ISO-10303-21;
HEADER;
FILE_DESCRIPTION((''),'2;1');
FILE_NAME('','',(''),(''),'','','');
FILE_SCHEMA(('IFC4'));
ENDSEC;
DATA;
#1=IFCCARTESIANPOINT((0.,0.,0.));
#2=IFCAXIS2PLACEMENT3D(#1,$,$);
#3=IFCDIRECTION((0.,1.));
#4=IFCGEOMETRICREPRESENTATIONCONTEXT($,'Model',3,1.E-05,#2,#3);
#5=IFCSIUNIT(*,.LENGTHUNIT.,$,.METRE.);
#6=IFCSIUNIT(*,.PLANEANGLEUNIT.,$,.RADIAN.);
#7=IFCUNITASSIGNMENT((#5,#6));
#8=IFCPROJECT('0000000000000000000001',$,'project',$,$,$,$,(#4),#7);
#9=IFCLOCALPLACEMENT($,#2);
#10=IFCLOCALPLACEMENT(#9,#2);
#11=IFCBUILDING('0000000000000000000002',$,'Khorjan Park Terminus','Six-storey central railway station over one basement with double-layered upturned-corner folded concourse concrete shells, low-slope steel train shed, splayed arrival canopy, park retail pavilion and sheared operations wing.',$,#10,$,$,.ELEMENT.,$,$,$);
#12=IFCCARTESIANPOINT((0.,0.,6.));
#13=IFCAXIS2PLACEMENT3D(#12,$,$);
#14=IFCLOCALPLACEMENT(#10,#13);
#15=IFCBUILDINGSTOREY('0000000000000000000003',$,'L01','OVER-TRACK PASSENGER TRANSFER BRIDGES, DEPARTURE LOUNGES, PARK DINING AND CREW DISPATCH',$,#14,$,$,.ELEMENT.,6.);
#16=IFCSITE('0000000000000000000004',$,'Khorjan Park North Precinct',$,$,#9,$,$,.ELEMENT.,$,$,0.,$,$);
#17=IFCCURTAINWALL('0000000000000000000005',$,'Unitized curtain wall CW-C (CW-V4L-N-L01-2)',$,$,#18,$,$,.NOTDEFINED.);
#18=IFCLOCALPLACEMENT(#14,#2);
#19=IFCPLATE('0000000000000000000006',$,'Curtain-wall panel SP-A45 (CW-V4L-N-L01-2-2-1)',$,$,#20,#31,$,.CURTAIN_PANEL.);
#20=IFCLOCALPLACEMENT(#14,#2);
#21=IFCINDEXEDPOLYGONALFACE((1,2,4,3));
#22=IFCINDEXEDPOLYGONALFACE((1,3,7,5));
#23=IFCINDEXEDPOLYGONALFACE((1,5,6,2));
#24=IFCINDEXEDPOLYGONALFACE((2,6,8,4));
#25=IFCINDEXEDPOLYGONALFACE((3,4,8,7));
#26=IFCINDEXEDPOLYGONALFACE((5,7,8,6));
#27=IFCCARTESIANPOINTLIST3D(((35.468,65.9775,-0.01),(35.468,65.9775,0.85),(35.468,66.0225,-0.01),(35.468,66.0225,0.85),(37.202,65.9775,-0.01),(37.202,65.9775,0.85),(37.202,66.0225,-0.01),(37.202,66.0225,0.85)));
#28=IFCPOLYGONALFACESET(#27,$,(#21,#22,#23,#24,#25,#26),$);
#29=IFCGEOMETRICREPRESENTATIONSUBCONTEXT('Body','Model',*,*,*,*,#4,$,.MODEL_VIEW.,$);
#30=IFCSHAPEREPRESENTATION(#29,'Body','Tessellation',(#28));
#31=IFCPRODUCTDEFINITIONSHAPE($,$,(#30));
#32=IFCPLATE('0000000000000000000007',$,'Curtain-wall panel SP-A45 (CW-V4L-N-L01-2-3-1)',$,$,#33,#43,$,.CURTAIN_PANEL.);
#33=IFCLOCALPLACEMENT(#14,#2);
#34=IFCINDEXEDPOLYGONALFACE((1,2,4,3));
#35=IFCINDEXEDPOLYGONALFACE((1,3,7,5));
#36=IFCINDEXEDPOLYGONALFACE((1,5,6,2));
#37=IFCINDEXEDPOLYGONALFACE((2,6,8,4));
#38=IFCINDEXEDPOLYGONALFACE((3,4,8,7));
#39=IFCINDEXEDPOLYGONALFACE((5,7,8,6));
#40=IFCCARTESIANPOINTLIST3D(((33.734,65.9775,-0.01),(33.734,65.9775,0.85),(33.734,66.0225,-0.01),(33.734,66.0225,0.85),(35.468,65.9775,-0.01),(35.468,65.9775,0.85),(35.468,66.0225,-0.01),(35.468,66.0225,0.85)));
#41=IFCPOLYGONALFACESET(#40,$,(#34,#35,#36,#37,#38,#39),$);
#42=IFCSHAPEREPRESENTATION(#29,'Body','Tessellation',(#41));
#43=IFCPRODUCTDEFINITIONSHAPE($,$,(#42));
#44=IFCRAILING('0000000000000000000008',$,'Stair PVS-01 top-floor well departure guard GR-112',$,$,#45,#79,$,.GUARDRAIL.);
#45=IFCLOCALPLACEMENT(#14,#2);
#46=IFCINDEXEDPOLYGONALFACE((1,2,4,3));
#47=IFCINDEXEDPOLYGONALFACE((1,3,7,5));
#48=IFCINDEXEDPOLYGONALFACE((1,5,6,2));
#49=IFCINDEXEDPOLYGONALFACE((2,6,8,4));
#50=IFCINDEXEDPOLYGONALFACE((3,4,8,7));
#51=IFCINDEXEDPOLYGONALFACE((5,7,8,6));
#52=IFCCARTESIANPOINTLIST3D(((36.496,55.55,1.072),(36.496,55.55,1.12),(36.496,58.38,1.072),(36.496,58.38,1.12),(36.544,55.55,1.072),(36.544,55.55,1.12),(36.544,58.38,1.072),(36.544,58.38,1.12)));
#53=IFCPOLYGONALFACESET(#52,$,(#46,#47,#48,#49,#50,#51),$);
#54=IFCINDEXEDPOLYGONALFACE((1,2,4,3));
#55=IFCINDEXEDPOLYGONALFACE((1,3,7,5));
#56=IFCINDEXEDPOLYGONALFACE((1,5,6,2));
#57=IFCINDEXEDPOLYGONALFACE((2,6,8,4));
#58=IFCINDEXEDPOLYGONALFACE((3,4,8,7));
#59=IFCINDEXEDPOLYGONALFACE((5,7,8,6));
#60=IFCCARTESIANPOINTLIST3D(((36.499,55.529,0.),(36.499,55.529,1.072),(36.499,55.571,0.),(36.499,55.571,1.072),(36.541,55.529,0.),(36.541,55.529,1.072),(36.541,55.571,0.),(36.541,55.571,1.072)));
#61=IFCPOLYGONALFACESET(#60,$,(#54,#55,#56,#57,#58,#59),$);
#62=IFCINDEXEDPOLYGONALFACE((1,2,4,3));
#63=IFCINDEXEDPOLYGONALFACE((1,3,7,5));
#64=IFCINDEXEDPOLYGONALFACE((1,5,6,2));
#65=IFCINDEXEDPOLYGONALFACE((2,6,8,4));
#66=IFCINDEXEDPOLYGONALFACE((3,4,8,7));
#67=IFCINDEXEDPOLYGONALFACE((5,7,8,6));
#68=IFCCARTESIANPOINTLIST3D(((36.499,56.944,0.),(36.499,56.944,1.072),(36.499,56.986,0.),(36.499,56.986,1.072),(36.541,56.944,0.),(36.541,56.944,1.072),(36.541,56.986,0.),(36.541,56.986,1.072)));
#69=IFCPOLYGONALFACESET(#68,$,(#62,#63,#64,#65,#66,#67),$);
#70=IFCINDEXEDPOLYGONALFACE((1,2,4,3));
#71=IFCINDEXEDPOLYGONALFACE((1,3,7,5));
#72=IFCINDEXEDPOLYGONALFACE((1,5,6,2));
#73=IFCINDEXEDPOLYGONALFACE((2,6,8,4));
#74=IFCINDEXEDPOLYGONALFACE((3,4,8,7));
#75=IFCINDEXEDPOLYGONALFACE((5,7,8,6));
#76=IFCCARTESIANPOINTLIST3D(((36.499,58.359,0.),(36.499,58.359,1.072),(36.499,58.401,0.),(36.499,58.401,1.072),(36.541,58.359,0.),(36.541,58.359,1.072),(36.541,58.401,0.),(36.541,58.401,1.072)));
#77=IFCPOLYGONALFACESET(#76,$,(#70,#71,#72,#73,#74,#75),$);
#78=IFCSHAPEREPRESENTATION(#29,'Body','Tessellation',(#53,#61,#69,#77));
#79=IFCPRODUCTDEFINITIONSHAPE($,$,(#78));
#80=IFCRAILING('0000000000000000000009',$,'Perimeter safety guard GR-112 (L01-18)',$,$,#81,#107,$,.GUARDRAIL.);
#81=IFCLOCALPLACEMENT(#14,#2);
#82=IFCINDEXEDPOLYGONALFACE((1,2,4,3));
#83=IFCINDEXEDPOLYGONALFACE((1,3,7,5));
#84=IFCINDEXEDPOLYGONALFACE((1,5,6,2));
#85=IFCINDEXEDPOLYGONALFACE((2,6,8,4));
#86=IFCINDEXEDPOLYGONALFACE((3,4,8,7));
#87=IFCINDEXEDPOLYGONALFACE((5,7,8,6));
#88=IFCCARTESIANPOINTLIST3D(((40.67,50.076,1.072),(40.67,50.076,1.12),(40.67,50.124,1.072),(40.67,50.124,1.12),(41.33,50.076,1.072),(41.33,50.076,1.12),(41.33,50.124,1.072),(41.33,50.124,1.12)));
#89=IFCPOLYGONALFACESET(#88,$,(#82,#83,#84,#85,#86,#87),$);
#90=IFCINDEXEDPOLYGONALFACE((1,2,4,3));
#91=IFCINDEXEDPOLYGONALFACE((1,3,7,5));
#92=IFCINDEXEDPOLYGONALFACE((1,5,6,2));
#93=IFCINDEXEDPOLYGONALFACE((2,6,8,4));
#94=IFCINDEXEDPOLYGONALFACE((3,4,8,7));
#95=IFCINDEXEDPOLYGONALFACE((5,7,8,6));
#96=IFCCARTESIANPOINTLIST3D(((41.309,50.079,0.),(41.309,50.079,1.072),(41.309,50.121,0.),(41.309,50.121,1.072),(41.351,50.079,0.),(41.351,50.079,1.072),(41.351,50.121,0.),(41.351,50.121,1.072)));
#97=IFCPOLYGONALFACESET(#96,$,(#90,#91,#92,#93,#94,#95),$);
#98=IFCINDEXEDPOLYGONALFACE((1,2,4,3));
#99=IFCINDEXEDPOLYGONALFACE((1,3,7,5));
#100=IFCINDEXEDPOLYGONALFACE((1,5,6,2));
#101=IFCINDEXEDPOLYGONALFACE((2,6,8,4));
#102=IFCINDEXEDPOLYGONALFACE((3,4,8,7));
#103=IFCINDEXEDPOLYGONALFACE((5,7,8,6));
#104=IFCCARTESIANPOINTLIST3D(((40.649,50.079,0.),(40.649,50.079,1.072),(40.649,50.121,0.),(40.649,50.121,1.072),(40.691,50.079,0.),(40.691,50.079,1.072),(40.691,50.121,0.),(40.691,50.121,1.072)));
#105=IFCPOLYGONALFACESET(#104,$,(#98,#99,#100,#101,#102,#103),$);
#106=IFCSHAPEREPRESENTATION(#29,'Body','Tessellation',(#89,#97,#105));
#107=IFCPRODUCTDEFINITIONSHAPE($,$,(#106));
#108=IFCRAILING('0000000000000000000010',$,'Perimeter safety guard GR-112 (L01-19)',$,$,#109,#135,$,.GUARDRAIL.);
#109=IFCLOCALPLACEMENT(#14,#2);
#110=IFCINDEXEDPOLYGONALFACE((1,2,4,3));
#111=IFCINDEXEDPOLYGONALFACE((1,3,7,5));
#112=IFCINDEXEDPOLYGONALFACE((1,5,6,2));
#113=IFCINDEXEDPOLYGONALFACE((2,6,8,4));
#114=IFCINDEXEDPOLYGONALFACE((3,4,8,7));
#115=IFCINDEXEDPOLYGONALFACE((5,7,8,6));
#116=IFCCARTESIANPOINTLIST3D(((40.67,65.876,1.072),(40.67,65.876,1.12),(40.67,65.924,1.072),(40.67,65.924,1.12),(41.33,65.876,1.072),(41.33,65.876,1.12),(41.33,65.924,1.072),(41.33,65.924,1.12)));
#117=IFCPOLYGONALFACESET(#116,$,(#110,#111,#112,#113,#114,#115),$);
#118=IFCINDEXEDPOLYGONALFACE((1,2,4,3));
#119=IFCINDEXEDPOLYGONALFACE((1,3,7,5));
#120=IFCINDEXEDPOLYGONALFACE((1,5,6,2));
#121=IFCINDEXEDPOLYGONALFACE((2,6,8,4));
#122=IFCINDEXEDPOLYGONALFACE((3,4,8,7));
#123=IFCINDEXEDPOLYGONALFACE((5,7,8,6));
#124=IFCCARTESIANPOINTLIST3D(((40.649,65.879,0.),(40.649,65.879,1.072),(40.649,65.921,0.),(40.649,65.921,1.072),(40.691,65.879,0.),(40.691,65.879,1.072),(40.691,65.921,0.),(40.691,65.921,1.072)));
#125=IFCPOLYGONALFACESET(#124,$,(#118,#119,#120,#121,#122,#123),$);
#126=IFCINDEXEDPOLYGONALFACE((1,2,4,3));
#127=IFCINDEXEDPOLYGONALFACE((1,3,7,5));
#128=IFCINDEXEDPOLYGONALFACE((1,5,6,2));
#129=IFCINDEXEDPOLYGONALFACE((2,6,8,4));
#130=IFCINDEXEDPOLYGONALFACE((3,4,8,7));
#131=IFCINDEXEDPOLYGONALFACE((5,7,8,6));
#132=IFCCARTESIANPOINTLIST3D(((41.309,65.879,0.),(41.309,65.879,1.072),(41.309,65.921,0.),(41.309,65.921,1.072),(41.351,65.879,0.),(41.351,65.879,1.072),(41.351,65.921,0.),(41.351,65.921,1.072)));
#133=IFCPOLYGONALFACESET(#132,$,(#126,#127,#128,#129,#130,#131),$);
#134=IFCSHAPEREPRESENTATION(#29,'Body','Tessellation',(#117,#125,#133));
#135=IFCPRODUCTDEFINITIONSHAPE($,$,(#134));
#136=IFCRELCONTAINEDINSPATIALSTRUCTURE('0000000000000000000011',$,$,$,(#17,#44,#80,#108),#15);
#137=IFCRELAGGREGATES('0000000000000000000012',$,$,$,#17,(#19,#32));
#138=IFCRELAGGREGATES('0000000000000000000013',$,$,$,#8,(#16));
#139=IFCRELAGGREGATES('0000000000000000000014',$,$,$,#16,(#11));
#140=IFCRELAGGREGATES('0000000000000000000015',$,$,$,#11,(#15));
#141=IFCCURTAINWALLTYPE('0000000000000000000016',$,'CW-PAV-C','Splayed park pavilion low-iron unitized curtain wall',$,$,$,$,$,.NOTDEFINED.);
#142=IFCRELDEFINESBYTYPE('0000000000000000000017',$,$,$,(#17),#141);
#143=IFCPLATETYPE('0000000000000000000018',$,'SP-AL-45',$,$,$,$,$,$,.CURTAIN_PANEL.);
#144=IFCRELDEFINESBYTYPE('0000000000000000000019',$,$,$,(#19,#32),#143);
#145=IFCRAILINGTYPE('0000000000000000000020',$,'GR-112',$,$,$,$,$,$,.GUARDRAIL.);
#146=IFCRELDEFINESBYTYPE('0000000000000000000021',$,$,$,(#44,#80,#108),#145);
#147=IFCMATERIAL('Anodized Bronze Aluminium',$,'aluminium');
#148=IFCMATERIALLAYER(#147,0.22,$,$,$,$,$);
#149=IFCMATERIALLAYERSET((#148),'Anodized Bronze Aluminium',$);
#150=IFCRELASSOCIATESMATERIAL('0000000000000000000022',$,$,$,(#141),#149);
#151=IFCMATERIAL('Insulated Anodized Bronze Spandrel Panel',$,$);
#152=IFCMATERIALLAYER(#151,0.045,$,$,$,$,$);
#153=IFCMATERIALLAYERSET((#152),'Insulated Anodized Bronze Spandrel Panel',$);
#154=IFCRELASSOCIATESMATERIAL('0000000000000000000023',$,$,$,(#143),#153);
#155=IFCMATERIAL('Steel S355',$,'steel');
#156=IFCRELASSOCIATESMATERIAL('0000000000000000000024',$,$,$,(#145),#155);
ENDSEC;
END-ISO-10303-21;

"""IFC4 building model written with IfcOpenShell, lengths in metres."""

from ifc_helpers import new_model, si_unit, direction, frame, origin, origin_2d, place, context, subcontext, project, spatial, rectangle, extrude, material, layer, layer_set, type_object, element, aggregate, save


model = new_model("IFC4")

# Units and contexts
model_context = context("Model", 3, precision=1e-05, world=origin(), true_north=direction((0.0, 1.0)))
body_context = subcontext(model_context, "Body", "Model", "MODEL_VIEW")
ifc_project = project(units=[si_unit("LENGTHUNIT", "METRE"), si_unit("PLANEANGLEUNIT", "RADIAN")], contexts=[model_context])

# Site, building, storey
site_placement = place(None, origin())
site = spatial("IfcSite", under=ifc_project, at=site_placement, Name="Khorjan Park North Precinct", CompositionType="ELEMENT", RefElevation=0.0)
building_placement = place(site_placement, origin())
building = spatial("IfcBuilding", under=site, at=building_placement, Name="Khorjan Park Terminus", Description="Six-storey central railway station over one basement with double-layered upturned-corner folded concourse concrete shells, low-slope steel train shed, splayed arrival canopy, park retail pavilion and sheared operations wing.", CompositionType="ELEMENT")
storey_placement = place(building_placement, frame((0.0, 0.0, 6.0)))
storey = spatial("IfcBuildingStorey", under=building, at=storey_placement, Name="L01", Description="OVER-TRACK PASSENGER TRANSFER BRIDGES, DEPARTURE LOUNGES, PARK DINING AND CREW DISPATCH", CompositionType="ELEMENT", Elevation=6.0)

# Curtain wall
ifc_material_1 = material(Name="Anodized Bronze Aluminium", Category="aluminium")
ifc_layer_1 = layer(ifc_material_1, 0.22)
ifc_layer_set_1 = layer_set([ifc_layer_1], Name="Anodized Bronze Aluminium")
curtain_wall_type = type_object("IfcCurtainWallType", Name="CW-PAV-C", Description="Splayed park pavilion low-iron unitized curtain wall", PredefinedType="NOTDEFINED", material=ifc_layer_set_1)
curtain_wall_1_placement = place(storey_placement, origin())
curtain_wall_1 = element("IfcCurtainWall", 1, at=curtain_wall_1_placement, inside=storey, type_object=curtain_wall_type, Name="Unitized curtain wall CW-C (CW-V4L-N-L01-2)", PredefinedType="NOTDEFINED")

# Plates
ifc_material_2 = material(Name="Insulated Anodized Bronze Spandrel Panel")
ifc_layer_2 = layer(ifc_material_2, 0.045)
ifc_layer_set_2 = layer_set([ifc_layer_2], Name="Insulated Anodized Bronze Spandrel Panel")
plate_type_1 = type_object("IfcPlateType", Name="SP-AL-45", PredefinedType="CURTAIN_PANEL", material=ifc_layer_set_2)
plate_1_placement = place(storey_placement, frame((36.335, 66.0, -0.01), z_axis=(0.0, 0.0, 1.0), x_axis=(-1.0, 0.0, 0.0)))
plate_1 = element("IfcPlate", 2, at=plate_1_placement, type_object=plate_type_1, Name="Curtain-wall panel SP-A45 (CW-V4L-N-L01-2-2-1)", PredefinedType="CURTAIN_PANEL", context=body_context, shape_type="SweptSolid", body=[
    extrude(rectangle(XDim=1.734, YDim=0.045, at=origin_2d()), origin(), (0.0, 0.0, 1.0), 0.86),
])
plate_2_placement = place(storey_placement, frame((34.601, 66.0, -0.01), z_axis=(0.0, 0.0, 1.0), x_axis=(-1.0, 0.0, 0.0)))
plate_2 = element("IfcPlate", 3, at=plate_2_placement, type_object=plate_type_1, Name="Curtain-wall panel SP-A45 (CW-V4L-N-L01-2-3-1)", PredefinedType="CURTAIN_PANEL", context=body_context, shape_type="SweptSolid", body=[
    extrude(rectangle(XDim=1.734, YDim=0.045, at=origin_2d()), origin(), (0.0, 0.0, 1.0), 0.86),
])
aggregate(curtain_wall_1, [plate_1, plate_2])

# Railings
ifc_material_3 = material(Name="Steel S355", Category="steel")
railing_type_1 = type_object("IfcRailingType", Name="GR-112", PredefinedType="GUARDRAIL", material=ifc_material_3)
railing_1_placement = place(storey_placement, frame((36.52, 55.55, 0.0)))
element("IfcRailing", 4, at=railing_1_placement, inside=storey, type_object=railing_type_1, Name="Stair PVS-01 top-floor well departure guard GR-112", PredefinedType="GUARDRAIL", context=body_context, shape_type="SweptSolid", body=[
    extrude(rectangle(XDim=0.048, YDim=0.048, at=origin_2d()), frame((0.0, 0.0, 1.096), z_axis=(0.0, 1.0, 0.0), x_axis=(-1.0, 0.0, 0.0)), (0.0, 0.0, 1.0), 2.83),
    extrude(rectangle(XDim=0.042, YDim=0.042, at=origin_2d()), origin(), (0.0, 0.0, 1.0), 1.072),
    extrude(rectangle(XDim=0.042, YDim=0.042, at=origin_2d()), frame((0.0, 1.415, 0.0)), (0.0, 0.0, 1.0), 1.072),
    extrude(rectangle(XDim=0.042, YDim=0.042, at=origin_2d()), frame((0.0, 2.83, 0.0)), (0.0, 0.0, 1.0), 1.072),
])
railing_2_placement = place(storey_placement, frame((41.33, 50.1, 0.0)))
element("IfcRailing", 5, at=railing_2_placement, inside=storey, type_object=railing_type_1, Name="Perimeter safety guard GR-112 (L01-18)", PredefinedType="GUARDRAIL", context=body_context, shape_type="SweptSolid", body=[
    extrude(rectangle(XDim=0.048, YDim=0.048, at=origin_2d()), frame((0.0, 0.0, 1.096), z_axis=(-1.0, 0.0, 0.0), x_axis=(0.0, -1.0, 0.0)), (0.0, 0.0, 1.0), 0.66),
    extrude(rectangle(XDim=0.042, YDim=0.042, at=origin_2d()), origin(), (0.0, 0.0, 1.0), 1.072),
    extrude(rectangle(XDim=0.042, YDim=0.042, at=origin_2d()), frame((-0.66, 0.0, 0.0)), (0.0, 0.0, 1.0), 1.072),
])
railing_3_placement = place(storey_placement, frame((40.67, 65.9, 0.0)))
element("IfcRailing", 6, at=railing_3_placement, inside=storey, type_object=railing_type_1, Name="Perimeter safety guard GR-112 (L01-19)", PredefinedType="GUARDRAIL", context=body_context, shape_type="SweptSolid", body=[
    extrude(rectangle(XDim=0.048, YDim=0.048, at=origin_2d()), frame((0.0, 0.0, 1.096), z_axis=(1.0, 0.0, 0.0), x_axis=(0.0, 1.0, 0.0)), (0.0, 0.0, 1.0), 0.66),
    extrude(rectangle(XDim=0.042, YDim=0.042, at=origin_2d()), origin(), (0.0, 0.0, 1.0), 1.072),
    extrude(rectangle(XDim=0.042, YDim=0.042, at=origin_2d()), frame((0.66, 0.0, 0.0)), (0.0, 0.0, 1.0), 1.072),
])

save(model, "model.ifc")
